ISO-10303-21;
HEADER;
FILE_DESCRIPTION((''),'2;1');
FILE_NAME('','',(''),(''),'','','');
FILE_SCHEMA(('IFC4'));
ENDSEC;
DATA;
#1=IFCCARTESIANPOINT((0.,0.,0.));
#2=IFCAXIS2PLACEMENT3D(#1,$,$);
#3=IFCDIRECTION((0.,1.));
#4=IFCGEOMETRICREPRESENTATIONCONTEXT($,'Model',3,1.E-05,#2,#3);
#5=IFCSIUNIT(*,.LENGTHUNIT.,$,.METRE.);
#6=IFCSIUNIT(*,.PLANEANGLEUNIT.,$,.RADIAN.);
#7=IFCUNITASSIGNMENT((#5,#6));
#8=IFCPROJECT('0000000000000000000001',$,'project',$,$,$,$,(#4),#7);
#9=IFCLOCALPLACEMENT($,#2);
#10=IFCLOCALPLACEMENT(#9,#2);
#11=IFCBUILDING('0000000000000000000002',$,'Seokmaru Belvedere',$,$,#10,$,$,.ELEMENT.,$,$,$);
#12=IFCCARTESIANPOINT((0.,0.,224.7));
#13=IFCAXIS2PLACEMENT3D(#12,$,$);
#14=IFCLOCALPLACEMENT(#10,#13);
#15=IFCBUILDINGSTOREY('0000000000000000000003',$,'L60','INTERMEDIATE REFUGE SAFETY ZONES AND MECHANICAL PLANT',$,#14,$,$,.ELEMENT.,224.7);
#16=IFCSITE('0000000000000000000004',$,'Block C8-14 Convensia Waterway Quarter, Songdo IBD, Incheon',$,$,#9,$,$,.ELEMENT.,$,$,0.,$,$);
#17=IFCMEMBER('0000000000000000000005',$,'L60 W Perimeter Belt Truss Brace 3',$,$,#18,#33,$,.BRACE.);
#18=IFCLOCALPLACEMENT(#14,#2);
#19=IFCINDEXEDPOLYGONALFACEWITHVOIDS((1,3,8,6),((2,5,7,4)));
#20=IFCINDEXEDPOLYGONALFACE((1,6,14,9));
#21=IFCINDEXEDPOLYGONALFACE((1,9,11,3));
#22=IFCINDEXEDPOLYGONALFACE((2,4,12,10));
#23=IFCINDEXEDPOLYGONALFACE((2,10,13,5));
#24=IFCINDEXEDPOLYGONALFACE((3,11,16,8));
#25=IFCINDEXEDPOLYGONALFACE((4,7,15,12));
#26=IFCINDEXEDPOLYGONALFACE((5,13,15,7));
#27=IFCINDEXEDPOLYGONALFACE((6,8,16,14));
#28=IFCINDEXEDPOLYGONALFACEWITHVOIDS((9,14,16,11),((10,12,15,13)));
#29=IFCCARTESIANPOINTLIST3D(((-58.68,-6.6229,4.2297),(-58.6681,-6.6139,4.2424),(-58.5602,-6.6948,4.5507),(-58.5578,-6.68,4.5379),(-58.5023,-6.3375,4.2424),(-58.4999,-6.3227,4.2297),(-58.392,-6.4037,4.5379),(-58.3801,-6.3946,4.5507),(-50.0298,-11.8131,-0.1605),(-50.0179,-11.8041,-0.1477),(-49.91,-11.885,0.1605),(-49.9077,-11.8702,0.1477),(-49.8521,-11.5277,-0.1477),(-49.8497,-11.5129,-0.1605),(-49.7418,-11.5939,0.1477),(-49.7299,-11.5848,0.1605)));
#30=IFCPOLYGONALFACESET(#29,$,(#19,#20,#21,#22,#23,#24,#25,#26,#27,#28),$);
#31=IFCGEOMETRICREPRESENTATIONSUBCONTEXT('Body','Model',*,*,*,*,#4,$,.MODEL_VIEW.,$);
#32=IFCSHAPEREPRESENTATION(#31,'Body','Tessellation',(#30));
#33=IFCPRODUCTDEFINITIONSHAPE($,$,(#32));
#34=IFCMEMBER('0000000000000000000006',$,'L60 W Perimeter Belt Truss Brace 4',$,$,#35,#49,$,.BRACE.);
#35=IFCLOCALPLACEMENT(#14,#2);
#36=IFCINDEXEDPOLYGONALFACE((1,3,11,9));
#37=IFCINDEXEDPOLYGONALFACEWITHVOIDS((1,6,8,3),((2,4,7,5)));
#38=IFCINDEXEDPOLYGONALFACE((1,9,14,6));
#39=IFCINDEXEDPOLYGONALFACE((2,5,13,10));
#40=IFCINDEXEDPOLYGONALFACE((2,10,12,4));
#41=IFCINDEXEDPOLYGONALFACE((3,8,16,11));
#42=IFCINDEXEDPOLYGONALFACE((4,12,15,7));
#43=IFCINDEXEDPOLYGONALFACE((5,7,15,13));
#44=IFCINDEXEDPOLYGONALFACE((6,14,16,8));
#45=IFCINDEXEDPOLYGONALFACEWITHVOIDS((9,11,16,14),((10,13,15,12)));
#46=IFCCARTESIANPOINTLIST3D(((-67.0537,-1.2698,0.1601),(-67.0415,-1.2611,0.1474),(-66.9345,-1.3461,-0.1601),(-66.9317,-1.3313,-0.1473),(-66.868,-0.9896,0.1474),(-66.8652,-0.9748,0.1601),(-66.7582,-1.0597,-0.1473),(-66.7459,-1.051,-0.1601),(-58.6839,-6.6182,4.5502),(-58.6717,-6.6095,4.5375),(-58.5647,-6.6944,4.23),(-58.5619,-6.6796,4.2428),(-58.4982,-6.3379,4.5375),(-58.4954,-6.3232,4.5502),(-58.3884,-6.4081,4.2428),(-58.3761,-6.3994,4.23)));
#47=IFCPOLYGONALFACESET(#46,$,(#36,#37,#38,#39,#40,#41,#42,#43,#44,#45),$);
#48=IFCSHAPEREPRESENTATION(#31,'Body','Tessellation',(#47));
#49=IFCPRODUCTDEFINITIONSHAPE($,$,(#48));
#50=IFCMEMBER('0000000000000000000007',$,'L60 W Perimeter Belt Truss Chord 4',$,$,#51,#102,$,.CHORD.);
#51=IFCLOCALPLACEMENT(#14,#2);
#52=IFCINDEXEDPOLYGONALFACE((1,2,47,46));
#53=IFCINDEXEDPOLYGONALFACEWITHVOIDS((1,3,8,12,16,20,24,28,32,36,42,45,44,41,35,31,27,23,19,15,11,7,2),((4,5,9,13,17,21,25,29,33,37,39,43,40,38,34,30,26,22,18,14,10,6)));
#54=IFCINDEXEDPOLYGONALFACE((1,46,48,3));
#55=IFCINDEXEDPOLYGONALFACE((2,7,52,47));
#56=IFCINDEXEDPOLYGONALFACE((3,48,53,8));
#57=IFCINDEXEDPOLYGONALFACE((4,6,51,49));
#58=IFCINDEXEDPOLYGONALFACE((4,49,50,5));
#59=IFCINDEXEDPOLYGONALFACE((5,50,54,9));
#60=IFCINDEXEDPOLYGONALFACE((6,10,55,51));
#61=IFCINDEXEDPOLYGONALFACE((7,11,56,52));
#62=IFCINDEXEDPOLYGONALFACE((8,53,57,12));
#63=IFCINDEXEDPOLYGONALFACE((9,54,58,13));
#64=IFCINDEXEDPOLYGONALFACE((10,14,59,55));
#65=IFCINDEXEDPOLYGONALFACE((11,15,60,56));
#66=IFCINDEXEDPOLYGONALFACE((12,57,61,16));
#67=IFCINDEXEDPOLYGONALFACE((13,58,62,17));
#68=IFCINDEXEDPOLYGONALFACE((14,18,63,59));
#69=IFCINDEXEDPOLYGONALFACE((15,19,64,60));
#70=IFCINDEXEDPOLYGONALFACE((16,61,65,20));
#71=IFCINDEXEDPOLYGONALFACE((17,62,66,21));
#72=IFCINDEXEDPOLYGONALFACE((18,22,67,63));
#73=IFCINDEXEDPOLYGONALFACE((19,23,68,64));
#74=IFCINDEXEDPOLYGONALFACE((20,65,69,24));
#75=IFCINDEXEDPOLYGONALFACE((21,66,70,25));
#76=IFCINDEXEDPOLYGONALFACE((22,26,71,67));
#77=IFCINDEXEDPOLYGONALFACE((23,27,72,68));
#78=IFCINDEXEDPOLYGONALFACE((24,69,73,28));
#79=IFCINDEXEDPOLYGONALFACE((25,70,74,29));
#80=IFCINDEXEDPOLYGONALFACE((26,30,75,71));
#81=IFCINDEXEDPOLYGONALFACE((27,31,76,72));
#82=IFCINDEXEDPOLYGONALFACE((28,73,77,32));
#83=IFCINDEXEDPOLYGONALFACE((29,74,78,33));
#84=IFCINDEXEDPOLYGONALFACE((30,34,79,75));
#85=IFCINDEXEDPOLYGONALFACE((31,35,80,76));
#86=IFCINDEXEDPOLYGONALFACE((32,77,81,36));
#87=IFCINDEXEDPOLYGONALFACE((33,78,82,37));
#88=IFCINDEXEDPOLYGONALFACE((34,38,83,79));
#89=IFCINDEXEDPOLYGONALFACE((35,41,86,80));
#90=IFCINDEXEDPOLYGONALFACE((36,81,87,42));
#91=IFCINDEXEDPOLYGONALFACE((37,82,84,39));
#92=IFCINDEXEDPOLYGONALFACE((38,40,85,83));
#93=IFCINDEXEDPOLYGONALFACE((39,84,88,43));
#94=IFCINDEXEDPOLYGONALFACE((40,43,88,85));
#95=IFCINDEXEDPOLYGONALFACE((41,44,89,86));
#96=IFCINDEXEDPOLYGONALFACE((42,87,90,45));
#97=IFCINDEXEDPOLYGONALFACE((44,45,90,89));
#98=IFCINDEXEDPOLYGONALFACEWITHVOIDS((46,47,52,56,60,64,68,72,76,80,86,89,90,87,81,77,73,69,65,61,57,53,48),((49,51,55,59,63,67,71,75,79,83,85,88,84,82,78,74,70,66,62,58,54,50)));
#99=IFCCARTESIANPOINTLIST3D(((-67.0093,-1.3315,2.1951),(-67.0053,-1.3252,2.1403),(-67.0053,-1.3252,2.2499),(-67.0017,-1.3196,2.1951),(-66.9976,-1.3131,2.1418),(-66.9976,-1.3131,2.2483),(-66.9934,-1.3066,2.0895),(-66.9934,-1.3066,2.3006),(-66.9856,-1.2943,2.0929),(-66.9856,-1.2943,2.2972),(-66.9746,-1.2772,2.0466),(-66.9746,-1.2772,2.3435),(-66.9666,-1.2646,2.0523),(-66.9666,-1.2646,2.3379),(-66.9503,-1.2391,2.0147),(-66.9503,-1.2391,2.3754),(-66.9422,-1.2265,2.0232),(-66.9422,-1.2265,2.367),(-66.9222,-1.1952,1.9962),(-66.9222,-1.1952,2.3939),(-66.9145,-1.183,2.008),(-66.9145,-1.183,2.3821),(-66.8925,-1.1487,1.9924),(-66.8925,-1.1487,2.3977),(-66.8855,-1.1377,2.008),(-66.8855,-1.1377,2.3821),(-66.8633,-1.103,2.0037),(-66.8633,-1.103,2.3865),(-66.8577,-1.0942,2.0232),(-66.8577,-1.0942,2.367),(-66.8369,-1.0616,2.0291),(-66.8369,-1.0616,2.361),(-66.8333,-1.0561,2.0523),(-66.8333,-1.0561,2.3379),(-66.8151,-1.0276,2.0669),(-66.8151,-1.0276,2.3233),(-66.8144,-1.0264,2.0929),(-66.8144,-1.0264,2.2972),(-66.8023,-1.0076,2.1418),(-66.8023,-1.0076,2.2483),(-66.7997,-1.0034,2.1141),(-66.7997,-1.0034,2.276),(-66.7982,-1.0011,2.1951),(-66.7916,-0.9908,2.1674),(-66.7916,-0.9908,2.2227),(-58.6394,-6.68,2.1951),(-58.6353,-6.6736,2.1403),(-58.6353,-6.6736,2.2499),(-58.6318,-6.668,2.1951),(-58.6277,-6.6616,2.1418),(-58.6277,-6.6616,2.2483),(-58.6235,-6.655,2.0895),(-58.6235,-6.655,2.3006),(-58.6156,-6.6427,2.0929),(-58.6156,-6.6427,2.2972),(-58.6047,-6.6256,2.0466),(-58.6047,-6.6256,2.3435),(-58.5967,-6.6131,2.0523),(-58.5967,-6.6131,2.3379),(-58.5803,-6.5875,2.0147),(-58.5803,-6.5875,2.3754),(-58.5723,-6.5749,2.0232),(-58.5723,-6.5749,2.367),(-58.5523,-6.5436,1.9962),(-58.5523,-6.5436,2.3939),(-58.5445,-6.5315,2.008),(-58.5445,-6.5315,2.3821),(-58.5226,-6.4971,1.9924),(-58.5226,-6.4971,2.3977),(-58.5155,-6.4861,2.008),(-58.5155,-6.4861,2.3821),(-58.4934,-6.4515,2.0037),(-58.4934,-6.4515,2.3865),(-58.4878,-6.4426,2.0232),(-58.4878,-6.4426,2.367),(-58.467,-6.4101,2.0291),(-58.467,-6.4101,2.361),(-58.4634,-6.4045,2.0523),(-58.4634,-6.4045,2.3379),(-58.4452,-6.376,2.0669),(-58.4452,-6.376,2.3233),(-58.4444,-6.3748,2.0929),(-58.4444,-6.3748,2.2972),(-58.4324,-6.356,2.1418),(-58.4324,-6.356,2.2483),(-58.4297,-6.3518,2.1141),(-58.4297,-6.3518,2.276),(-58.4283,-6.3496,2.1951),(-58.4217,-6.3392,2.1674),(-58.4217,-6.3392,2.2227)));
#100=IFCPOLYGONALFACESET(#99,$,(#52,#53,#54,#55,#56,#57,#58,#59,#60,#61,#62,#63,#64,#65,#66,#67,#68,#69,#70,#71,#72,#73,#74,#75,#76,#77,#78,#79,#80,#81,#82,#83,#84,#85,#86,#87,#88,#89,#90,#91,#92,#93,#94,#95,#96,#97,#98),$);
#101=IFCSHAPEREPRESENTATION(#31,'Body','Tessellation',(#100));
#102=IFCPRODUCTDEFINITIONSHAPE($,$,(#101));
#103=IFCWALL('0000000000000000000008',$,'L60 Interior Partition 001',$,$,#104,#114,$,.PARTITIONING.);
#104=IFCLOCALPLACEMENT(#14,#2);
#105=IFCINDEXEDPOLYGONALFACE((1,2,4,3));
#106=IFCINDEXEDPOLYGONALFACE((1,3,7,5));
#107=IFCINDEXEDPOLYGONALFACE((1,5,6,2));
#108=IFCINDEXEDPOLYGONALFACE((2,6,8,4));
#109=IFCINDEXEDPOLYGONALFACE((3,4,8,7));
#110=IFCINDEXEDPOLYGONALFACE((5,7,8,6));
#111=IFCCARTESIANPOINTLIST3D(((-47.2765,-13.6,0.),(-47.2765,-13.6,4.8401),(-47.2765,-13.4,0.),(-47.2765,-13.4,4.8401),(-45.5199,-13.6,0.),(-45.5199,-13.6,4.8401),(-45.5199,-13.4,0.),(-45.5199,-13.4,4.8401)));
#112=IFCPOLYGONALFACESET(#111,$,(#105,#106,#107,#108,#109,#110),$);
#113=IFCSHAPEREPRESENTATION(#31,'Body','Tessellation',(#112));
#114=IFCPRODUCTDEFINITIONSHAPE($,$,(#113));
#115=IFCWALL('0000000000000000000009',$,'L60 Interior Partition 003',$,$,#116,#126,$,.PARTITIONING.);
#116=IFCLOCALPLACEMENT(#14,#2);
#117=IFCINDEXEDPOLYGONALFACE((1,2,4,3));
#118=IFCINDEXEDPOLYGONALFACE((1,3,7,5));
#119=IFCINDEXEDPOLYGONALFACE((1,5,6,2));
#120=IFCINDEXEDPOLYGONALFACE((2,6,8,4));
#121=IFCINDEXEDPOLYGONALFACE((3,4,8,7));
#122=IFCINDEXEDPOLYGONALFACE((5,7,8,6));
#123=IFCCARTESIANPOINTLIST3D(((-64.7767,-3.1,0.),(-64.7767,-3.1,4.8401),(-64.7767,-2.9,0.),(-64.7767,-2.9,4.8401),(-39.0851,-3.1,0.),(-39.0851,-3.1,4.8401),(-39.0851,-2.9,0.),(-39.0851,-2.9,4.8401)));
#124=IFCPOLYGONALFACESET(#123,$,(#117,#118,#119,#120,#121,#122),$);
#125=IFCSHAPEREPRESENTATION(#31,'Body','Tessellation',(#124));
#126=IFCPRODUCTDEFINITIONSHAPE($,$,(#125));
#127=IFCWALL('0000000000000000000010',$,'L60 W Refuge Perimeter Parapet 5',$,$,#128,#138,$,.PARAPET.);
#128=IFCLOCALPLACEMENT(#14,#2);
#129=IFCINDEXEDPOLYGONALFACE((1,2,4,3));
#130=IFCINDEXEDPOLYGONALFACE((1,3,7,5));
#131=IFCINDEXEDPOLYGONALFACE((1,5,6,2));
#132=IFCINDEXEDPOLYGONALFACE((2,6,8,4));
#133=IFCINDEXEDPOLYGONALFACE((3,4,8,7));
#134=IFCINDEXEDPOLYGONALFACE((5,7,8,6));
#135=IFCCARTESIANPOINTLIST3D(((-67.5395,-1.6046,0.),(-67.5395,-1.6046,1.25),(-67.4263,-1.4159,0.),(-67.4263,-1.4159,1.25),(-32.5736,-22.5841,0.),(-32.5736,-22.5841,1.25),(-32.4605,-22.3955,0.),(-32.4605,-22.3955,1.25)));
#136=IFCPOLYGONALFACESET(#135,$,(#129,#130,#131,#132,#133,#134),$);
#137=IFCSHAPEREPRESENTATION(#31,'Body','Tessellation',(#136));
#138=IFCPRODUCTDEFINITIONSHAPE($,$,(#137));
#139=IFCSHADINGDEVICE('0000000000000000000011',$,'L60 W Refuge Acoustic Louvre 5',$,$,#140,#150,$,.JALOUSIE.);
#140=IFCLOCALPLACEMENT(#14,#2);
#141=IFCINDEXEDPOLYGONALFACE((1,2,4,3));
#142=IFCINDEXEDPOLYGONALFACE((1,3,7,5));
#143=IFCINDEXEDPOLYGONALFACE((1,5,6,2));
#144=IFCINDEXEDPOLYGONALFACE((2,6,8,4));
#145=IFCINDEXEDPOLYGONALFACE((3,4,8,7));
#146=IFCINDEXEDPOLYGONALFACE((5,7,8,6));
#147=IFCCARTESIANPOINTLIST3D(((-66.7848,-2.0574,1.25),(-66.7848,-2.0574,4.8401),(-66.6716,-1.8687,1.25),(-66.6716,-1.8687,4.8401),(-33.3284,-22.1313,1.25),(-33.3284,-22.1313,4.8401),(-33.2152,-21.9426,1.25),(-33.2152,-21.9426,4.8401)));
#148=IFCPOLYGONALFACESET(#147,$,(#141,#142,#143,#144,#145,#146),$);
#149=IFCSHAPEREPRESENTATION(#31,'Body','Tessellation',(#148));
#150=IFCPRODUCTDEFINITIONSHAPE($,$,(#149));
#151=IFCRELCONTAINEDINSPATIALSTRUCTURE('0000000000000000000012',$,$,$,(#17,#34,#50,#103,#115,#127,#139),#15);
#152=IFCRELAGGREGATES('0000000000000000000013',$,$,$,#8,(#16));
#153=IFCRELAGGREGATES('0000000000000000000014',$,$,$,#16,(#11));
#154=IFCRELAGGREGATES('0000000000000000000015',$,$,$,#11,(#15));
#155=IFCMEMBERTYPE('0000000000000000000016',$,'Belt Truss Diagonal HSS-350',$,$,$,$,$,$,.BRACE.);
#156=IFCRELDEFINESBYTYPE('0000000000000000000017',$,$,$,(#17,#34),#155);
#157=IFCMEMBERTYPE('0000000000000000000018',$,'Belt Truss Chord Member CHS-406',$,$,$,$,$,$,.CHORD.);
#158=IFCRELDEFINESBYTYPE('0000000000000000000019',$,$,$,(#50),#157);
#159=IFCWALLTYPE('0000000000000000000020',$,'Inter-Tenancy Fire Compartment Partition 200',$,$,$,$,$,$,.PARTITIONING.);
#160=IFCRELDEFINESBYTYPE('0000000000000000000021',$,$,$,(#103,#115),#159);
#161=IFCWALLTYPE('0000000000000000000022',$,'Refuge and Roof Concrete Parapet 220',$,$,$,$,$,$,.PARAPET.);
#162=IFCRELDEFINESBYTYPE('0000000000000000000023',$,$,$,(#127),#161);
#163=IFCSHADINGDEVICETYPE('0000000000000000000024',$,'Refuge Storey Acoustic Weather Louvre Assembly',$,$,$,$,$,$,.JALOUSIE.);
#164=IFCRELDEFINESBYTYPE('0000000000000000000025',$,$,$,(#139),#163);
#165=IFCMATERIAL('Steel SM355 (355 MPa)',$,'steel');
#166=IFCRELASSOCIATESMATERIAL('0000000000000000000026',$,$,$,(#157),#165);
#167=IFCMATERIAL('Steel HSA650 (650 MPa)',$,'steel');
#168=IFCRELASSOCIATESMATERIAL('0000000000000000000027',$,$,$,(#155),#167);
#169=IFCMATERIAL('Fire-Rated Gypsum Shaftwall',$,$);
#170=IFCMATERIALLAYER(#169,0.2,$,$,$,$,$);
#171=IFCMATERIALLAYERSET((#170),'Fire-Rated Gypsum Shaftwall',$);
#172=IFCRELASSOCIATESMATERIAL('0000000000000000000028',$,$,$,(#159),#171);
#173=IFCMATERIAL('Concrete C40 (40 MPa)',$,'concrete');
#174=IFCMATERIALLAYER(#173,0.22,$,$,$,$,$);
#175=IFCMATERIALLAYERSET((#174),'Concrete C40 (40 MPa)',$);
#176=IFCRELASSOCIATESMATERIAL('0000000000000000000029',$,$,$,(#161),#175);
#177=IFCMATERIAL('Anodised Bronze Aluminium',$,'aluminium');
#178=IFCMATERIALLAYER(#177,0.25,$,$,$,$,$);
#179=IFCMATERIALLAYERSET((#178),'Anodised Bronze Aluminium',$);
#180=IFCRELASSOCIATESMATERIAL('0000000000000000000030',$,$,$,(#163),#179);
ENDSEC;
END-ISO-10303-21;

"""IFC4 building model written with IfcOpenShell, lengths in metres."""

from ifc_helpers import new_model, si_unit, direction, frame, frame_2d, origin, origin_2d, place, context, subcontext, project, spatial, rectangle, hollow_rectangle, hollow_circle, extrude, source, transform, mapped, material, layer, layer_set, material_profile, profile_set, type_object, type_shapes, element, save


model = new_model("IFC4")

# Units and contexts
model_context = context("Model", 3, precision=1e-05, world=origin(), true_north=direction((0.0, 1.0)))
body_context = subcontext(model_context, "Body", "Model", "MODEL_VIEW")
ifc_project = project(units=[si_unit("LENGTHUNIT", "METRE"), si_unit("PLANEANGLEUNIT", "RADIAN")], contexts=[model_context])

# Site, building, storey
site_placement = place(None, origin())
site = spatial("IfcSite", under=ifc_project, at=site_placement, Name="Block C8-14 Convensia Waterway Quarter, Songdo IBD, Incheon", CompositionType="ELEMENT", RefElevation=0.0)
building_placement = place(site_placement, origin())
building = spatial("IfcBuilding", under=site, at=building_placement, Name="Seokmaru Belvedere", CompositionType="ELEMENT")
storey_placement = place(building_placement, frame((0.0, 0.0, 224.7)))
storey = spatial("IfcBuildingStorey", under=building, at=storey_placement, Name="L60", Description="INTERMEDIATE REFUGE SAFETY ZONES AND MECHANICAL PLANT", CompositionType="ELEMENT", Elevation=224.7)

# Shared definitions
ifc_material_1 = material(Name="Steel SM355 (355 MPa)", Category="steel")

# Members
ifc_material_2 = material(Name="Steel HSA650 (650 MPa)", Category="steel")
ifc_material_profile_1 = material_profile(ifc_material_1, hollow_circle(Radius=0.2031, WallThickness=0.0142, at=origin_2d()), Name="CHS-406.4x14.2")
ifc_profile_set_1 = profile_set([ifc_material_profile_1], Name="Steel SM355 (355 MPa)")
member_type_1 = type_object("IfcMemberType", Name="Belt Truss Chord Member CHS-406", PredefinedType="CHORD", material=ifc_profile_set_1)
ifc_material_profile_2 = material_profile(ifc_material_2, hollow_rectangle(XDim=0.3501, YDim=0.3501, WallThickness=0.0139, at=origin_2d()), Name="HSS-350x350x14")
ifc_profile_set_2 = profile_set([ifc_material_profile_2], Name="Steel HSA650 (650 MPa)")
member_type_2 = type_object("IfcMemberType", Name="Belt Truss Diagonal HSS-350", PredefinedType="BRACE", material=ifc_profile_set_2)
shared_shape_1 = source(origin(), body_context, "Body", "SweptSolid", [
    extrude(hollow_rectangle(XDim=0.3501, YDim=0.3501, WallThickness=0.0139, at=origin_2d()), origin(), (0.0, 0.0, 1.0), 11.0017),
])
member_1_placement = place(storey_placement, frame((-49.8799, -11.699, 0.0), z_axis=(-0.786259, 0.471764, 0.399043), x_axis=(-0.514503, -0.857489, 0.0)))
element("IfcMember", 1, at=member_1_placement, inside=storey, type_object=member_type_2, Name="L60 W Perimeter Belt Truss Brace 3", PredefinedType="BRACE", context=body_context, shape_type="MappedRepresentation", body=[
    mapped(shared_shape_1, transform((0.0, 0.0, 0.0), scale=1.0)),
])
shared_shape_2 = source(origin(), body_context, "Body", "SweptSolid", [
    extrude(hollow_rectangle(XDim=0.3501, YDim=0.3501, WallThickness=0.0139, at=origin_2d()), origin(), (0.0, 0.0, 1.0), 10.8596),
])
type_shapes(member_type_2, [shared_shape_1, shared_shape_2])
member_2_placement = place(storey_placement, frame((-58.53, -6.5088, 4.3901), z_axis=(-0.770727, 0.492498, -0.404259), x_axis=(-0.538459, -0.842652, 0.0)))
element("IfcMember", 2, at=member_2_placement, inside=storey, type_object=member_type_2, Name="L60 W Perimeter Belt Truss Brace 4", PredefinedType="BRACE", context=body_context, shape_type="MappedRepresentation", body=[
    mapped(shared_shape_2, transform((0.0, 0.0, 0.0), scale=1.0)),
])
shared_shape_3 = source(origin(), body_context, "Body", "SweptSolid", [
    extrude(hollow_circle(Radius=0.2031, WallThickness=0.0142, at=origin_2d()), origin(), (0.0, 0.0, 1.0), 9.9329),
])
member_3_placement = place(storey_placement, frame((-58.53, -6.5088, 2.1951), z_axis=(-0.842652, 0.538459, 0.0), x_axis=(-0.538459, -0.842652, 0.0)))
element("IfcMember", 3, at=member_3_placement, inside=storey, type_object=member_type_1, Name="L60 W Perimeter Belt Truss Chord 4", PredefinedType="CHORD", context=body_context, shape_type="MappedRepresentation", body=[
    mapped(shared_shape_3, transform((0.0, 0.0, 0.0), scale=1.0)),
])

# Walls
ifc_material_3 = material(Name="Fire-Rated Gypsum Shaftwall")
ifc_layer_1 = layer(ifc_material_3, 0.2)
ifc_layer_set_1 = layer_set([ifc_layer_1], Name="Fire-Rated Gypsum Shaftwall")
wall_type_1 = type_object("IfcWallType", Name="Inter-Tenancy Fire Compartment Partition 200", PredefinedType="PARTITIONING", material=ifc_layer_set_1)
wall_1_placement = place(storey_placement, frame((-47.2766, -13.5, 0.0), z_axis=(0.0, 0.0, 1.0), x_axis=(1.0, 0.0, 0.0)))
element("IfcWall", 4, at=wall_1_placement, inside=storey, type_object=wall_type_1, Name="L60 Interior Partition 001", PredefinedType="PARTITIONING", context=body_context, shape_type="SweptSolid", body=[
    extrude(rectangle(XDim=1.7566, YDim=0.2, at=frame_2d((0.8784, 0.0))), origin(), (0.0, 0.0, 1.0), 4.8401),
])
wall_2_placement = place(storey_placement, frame((-64.7766, -3.0, 0.0), z_axis=(0.0, 0.0, 1.0), x_axis=(1.0, 0.0, 0.0)))
element("IfcWall", 5, at=wall_2_placement, inside=storey, type_object=wall_type_1, Name="L60 Interior Partition 003", PredefinedType="PARTITIONING", context=body_context, shape_type="SweptSolid", body=[
    extrude(rectangle(XDim=25.6917, YDim=0.2, at=frame_2d((12.8457, 0.0))), origin(), (0.0, 0.0, 1.0), 4.8401),
])
ifc_material_4 = material(Name="Concrete C40 (40 MPa)", Category="concrete")
ifc_layer_2 = layer(ifc_material_4, 0.22)
ifc_layer_set_2 = layer_set([ifc_layer_2], Name="Concrete C40 (40 MPa)")
wall_type_2 = type_object("IfcWallType", Name="Refuge and Roof Concrete Parapet 220", PredefinedType="PARAPET", material=ifc_layer_set_2)
wall_3_placement = place(storey_placement, frame((-67.4829, -1.5103, 0.0), z_axis=(0.0, 0.0, 1.0), x_axis=(0.857493, -0.514496, 0.0)))
element("IfcWall", 6, at=wall_3_placement, inside=storey, type_object=wall_type_2, Name="L60 W Refuge Perimeter Parapet 5", PredefinedType="PARAPET", context=body_context, shape_type="SweptSolid", body=[
    extrude(rectangle(XDim=40.7769, YDim=0.22, at=frame_2d((20.3884, 0.0))), origin(), (0.0, 0.0, 1.0), 1.25),
])

# Shading device
ifc_material_5 = material(Name="Anodised Bronze Aluminium", Category="aluminium")
ifc_layer_3 = layer(ifc_material_5, 0.25)
ifc_layer_set_3 = layer_set([ifc_layer_3], Name="Anodised Bronze Aluminium")
shading_device_type = type_object("IfcShadingDeviceType", Name="Refuge Storey Acoustic Weather Louvre Assembly", PredefinedType="JALOUSIE", material=ifc_layer_set_3)
shared_shape_4 = source(origin(), body_context, "Body", "SweptSolid", [
    extrude(rectangle(XDim=39.0166, YDim=0.22, at=origin_2d()), origin(), (0.0, 0.0, 1.0), 3.5901),
])
type_shapes(shading_device_type, [shared_shape_4])
shading_device_placement = place(storey_placement, frame((-50.0, -12.0, 1.25), z_axis=(0.0, 0.0, 1.0), x_axis=(0.857493, -0.514496, 0.0)))
element("IfcShadingDevice", 7, at=shading_device_placement, inside=storey, type_object=shading_device_type, Name="L60 W Refuge Acoustic Louvre 5", PredefinedType="JALOUSIE", context=body_context, shape_type="MappedRepresentation", body=[
    mapped(shared_shape_4, transform((0.0, 0.0, 0.0), scale=1.0)),
])

save(model, "model.ifc")
